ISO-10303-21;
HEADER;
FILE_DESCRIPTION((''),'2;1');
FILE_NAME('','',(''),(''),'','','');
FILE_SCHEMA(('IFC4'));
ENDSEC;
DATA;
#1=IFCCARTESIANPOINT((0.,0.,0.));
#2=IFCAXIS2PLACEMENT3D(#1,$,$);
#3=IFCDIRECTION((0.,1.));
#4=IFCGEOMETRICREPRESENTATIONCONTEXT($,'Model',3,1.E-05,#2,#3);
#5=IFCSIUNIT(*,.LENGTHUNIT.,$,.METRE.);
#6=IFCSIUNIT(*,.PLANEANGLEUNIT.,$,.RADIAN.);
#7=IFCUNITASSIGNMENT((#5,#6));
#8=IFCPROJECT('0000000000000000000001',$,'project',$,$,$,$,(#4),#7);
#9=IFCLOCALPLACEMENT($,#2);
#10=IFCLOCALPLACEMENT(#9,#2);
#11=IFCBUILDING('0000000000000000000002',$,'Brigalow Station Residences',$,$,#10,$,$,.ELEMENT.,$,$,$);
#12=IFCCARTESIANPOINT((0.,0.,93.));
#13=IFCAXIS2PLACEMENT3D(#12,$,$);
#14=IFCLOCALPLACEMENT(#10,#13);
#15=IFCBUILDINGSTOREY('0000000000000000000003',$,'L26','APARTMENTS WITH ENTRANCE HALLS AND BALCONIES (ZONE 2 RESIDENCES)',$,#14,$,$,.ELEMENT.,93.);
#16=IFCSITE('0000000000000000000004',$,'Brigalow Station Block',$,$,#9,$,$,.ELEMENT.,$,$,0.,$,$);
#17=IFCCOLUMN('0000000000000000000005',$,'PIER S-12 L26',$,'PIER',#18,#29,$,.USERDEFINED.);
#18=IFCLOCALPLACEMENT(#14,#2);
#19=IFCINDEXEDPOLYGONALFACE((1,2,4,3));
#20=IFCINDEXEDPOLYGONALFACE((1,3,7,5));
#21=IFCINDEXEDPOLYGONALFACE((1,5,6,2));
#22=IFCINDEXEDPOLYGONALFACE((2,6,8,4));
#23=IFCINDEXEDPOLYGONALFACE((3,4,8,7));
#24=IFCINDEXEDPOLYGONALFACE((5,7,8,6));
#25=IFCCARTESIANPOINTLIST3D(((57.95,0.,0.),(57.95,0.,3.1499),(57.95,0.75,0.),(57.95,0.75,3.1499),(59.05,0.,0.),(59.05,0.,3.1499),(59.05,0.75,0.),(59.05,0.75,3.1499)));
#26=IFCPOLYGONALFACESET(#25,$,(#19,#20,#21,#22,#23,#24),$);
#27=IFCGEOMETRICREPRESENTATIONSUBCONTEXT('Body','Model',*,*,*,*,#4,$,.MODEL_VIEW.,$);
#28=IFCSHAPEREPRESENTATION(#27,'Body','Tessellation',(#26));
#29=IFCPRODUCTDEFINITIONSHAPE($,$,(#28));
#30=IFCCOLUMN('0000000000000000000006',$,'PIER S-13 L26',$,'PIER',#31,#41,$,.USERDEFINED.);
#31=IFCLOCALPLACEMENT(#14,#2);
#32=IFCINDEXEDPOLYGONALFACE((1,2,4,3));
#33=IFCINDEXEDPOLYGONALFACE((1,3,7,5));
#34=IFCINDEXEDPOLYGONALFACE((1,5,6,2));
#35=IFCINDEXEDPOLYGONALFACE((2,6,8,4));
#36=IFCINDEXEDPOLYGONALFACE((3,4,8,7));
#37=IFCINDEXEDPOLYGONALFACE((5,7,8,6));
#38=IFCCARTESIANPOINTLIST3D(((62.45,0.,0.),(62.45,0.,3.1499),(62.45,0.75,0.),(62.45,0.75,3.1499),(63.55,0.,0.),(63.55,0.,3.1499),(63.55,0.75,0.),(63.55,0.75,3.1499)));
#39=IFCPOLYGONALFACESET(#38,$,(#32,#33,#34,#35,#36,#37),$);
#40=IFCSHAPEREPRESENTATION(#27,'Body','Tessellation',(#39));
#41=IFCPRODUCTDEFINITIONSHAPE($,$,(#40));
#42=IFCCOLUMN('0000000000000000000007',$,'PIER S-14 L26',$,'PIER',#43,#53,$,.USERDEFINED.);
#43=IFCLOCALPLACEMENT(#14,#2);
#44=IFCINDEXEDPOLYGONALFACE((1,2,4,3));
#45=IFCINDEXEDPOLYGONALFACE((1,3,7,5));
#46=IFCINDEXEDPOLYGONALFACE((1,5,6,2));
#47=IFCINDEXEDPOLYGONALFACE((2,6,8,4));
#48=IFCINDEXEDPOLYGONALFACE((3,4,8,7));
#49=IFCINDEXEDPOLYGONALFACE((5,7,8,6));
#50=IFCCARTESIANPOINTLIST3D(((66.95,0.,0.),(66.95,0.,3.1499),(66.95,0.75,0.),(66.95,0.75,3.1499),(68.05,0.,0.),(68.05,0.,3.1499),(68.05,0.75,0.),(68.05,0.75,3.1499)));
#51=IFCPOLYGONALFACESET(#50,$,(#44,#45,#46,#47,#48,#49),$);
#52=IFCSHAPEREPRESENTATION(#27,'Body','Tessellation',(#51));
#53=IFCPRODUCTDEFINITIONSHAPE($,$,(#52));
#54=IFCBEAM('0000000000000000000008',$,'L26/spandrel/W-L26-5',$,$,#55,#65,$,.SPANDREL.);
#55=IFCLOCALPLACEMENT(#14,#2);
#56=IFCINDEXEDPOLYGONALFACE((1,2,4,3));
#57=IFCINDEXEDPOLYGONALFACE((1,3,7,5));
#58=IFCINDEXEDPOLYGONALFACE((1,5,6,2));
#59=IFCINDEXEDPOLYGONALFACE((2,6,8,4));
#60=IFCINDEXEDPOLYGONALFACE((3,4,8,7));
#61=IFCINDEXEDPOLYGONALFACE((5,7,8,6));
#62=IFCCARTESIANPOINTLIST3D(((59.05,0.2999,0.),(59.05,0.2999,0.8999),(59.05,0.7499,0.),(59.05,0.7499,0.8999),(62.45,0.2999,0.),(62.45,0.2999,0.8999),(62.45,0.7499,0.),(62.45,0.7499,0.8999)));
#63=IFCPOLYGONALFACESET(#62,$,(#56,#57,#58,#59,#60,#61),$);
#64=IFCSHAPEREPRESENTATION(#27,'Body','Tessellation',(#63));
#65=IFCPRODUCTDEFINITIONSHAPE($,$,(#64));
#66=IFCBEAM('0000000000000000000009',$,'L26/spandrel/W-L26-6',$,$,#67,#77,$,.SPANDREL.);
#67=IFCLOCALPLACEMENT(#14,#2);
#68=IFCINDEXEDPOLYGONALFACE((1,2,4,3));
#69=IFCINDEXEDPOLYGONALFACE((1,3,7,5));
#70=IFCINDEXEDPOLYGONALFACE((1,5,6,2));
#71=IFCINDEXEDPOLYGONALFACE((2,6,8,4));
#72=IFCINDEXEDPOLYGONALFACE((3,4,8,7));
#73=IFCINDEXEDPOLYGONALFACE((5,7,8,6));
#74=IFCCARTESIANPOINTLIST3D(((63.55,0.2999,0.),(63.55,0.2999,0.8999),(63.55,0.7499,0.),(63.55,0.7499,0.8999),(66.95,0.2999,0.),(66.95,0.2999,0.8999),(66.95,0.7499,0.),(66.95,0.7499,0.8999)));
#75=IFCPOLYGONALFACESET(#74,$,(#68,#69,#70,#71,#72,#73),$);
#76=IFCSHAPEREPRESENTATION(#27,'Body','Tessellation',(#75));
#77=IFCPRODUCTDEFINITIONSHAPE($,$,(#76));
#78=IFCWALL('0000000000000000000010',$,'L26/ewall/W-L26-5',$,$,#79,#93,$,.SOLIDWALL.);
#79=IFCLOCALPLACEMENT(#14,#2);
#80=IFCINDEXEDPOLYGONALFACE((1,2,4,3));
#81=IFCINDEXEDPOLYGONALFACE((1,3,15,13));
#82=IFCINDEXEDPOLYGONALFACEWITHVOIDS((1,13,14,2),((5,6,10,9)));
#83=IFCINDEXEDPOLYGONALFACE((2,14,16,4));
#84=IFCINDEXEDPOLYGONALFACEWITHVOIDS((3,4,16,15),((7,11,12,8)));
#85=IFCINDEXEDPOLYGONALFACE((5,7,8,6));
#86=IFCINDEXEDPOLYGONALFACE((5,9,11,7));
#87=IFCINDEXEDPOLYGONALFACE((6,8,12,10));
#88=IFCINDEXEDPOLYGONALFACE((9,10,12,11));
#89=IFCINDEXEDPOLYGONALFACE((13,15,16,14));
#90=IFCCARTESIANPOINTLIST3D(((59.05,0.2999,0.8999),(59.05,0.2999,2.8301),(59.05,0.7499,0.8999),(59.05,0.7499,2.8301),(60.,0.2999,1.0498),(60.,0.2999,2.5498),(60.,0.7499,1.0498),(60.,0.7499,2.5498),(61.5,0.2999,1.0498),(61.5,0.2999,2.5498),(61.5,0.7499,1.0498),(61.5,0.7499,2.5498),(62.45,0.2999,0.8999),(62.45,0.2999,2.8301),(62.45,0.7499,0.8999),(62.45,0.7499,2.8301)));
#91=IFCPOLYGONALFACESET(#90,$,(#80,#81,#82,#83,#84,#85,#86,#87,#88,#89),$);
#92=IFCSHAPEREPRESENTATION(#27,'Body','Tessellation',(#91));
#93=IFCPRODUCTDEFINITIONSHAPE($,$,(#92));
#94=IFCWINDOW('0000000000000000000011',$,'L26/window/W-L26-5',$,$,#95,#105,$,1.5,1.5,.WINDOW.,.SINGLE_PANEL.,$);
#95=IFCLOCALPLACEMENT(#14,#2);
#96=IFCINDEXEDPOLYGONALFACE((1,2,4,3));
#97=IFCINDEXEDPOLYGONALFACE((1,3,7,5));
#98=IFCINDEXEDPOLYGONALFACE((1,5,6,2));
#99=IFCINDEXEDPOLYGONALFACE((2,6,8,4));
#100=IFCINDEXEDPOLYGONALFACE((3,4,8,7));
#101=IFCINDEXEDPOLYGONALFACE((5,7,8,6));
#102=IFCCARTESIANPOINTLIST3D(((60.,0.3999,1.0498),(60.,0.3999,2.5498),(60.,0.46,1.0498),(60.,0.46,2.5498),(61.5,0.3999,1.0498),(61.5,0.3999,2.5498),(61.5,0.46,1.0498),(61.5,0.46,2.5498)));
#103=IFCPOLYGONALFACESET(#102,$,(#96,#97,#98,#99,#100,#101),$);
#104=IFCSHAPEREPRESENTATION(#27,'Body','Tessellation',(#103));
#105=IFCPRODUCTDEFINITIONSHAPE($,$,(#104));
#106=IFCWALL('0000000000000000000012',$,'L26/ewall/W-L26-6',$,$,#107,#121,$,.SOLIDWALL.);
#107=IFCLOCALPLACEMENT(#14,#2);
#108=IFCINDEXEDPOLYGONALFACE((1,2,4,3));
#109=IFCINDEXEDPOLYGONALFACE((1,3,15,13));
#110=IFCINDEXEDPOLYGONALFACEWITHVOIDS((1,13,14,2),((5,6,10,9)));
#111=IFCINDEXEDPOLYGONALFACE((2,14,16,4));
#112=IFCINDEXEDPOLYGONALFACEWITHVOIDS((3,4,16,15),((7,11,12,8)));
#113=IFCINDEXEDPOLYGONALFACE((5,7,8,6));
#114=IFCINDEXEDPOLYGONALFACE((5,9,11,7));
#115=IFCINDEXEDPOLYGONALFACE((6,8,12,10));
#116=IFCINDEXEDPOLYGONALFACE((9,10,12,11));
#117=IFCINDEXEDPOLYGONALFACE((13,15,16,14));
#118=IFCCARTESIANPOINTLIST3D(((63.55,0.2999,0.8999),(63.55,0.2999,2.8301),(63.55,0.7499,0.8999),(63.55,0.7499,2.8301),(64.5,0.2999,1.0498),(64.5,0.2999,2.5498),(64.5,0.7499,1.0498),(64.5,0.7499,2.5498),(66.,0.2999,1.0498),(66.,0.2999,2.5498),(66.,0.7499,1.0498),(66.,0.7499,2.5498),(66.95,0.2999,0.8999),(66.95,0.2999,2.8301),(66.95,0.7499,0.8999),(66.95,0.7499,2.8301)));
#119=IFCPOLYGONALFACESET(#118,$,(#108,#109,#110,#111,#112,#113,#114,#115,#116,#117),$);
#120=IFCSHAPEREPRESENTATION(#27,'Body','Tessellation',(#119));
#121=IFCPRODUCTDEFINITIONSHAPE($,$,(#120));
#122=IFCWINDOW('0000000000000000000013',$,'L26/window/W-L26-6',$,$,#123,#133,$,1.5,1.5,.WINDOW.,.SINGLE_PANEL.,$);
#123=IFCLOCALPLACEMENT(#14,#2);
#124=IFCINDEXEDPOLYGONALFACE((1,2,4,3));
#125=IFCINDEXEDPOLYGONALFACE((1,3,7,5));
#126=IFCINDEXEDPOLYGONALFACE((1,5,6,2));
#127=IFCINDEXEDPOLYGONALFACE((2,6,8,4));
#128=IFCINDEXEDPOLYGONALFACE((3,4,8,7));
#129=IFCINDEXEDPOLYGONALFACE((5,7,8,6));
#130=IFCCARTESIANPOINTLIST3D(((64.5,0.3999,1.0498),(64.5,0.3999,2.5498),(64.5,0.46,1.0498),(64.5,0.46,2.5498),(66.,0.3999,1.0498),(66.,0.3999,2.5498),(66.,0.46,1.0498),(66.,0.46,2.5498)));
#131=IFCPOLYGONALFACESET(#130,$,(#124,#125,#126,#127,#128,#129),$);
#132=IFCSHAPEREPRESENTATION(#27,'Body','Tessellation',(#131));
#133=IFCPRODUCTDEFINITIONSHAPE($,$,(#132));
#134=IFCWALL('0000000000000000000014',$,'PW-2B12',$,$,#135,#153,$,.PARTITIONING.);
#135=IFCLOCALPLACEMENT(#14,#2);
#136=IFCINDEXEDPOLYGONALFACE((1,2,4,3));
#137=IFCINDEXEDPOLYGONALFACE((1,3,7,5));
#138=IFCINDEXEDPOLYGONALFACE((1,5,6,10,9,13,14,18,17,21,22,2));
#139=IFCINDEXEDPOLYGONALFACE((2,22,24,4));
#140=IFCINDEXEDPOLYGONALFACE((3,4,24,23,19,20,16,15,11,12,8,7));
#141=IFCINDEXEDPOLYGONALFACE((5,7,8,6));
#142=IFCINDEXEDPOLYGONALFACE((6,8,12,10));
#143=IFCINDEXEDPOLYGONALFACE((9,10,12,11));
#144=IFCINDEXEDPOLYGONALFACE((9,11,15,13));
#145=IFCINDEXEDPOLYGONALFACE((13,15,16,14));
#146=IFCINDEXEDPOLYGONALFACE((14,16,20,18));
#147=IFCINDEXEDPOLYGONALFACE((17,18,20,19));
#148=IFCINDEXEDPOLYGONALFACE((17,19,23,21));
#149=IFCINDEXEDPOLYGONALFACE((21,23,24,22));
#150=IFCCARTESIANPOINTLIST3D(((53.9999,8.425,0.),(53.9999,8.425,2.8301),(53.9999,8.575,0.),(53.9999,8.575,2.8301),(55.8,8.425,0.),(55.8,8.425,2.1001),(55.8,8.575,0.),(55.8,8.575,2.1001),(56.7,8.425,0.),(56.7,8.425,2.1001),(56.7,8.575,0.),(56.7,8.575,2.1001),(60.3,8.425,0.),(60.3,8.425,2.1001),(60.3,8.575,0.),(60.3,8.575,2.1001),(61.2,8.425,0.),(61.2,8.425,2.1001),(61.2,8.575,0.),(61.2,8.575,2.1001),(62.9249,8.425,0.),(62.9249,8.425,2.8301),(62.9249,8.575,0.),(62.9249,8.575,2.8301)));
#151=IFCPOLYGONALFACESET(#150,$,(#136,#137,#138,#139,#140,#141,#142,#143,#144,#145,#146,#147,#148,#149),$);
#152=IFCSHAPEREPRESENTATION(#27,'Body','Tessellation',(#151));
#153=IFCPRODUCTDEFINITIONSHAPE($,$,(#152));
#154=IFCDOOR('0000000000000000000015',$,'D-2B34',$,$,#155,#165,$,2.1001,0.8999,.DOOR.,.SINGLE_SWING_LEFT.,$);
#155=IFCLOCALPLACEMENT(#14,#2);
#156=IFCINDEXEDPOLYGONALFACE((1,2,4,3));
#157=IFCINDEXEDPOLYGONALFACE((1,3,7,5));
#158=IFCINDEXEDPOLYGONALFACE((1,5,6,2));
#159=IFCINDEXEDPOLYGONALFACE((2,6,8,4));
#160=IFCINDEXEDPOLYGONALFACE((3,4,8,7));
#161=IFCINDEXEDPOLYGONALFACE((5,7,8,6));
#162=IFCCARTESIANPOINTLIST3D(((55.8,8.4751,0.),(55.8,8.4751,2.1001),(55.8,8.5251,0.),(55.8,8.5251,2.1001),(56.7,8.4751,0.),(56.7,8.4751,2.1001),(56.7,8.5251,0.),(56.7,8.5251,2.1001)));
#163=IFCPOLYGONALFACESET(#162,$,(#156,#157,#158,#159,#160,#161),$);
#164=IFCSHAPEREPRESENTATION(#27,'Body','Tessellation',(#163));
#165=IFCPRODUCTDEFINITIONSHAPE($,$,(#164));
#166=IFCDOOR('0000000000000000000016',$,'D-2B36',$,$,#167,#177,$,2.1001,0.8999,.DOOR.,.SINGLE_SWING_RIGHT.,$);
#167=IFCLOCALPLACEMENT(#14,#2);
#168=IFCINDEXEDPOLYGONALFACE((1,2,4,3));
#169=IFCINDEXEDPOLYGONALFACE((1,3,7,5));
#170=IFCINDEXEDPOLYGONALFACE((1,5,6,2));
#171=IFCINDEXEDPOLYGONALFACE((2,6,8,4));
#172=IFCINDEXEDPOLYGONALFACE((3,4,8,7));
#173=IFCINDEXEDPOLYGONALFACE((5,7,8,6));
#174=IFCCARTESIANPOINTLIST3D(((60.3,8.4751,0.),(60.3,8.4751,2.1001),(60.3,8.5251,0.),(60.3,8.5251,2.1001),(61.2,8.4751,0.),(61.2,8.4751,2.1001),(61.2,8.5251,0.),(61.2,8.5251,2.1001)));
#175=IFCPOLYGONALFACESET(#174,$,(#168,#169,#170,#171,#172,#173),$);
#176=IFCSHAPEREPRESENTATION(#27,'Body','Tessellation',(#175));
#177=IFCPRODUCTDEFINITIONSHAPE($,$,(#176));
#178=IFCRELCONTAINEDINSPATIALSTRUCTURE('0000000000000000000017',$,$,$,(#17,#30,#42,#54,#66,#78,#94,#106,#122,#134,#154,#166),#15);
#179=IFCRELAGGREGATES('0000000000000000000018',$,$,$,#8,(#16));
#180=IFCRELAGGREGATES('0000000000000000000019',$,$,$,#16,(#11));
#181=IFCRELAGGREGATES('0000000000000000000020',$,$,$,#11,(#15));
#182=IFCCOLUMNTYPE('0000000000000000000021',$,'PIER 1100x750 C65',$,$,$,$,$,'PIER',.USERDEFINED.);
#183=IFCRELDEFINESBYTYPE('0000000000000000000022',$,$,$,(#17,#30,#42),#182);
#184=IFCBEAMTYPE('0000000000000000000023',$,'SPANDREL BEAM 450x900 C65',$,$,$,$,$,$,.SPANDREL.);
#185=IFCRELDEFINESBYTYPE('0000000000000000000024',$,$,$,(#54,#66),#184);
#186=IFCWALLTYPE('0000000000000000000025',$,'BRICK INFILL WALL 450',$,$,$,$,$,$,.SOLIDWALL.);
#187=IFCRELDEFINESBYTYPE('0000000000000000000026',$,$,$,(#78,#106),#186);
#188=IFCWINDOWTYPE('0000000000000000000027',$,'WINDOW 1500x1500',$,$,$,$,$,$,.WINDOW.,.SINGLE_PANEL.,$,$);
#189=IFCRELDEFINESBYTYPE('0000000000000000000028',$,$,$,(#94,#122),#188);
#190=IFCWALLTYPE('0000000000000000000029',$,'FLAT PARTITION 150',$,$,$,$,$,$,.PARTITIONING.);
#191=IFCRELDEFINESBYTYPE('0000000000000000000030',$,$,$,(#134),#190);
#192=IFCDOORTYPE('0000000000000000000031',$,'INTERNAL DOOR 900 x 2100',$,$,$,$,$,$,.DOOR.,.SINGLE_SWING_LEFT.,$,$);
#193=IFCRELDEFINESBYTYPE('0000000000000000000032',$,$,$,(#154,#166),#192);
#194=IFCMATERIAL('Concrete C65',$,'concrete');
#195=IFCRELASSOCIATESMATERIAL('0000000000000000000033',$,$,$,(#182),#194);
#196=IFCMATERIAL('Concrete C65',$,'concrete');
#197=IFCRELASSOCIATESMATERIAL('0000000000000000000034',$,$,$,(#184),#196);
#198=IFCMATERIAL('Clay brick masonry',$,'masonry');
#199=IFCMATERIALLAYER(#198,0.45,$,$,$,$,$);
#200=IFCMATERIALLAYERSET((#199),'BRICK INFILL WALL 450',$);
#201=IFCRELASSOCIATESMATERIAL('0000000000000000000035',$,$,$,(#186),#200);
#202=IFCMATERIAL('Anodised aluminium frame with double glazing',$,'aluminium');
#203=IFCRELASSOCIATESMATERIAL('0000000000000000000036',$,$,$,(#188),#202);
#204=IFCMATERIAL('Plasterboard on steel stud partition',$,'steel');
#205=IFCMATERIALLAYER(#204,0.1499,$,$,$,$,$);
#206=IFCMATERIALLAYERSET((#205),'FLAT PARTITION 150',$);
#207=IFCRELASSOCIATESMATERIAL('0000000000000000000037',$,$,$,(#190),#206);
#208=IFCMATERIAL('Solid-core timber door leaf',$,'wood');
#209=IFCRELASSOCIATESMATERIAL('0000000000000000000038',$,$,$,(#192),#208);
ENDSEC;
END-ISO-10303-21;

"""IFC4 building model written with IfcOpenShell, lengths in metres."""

from ifc_helpers import new_model, si_unit, direction, frame, frame_2d, origin, origin_2d, place, context, subcontext, project, spatial, rectangle, extrude, material, layer, layer_set, material_profile, profile_set, type_object, element, fill, save


model = new_model("IFC4")

# Units and contexts
model_context = context("Model", 3, precision=1e-05, world=origin(), true_north=direction((0.0, 1.0)))
body_context = subcontext(model_context, "Body", "Model", "MODEL_VIEW")
ifc_project = project(units=[si_unit("LENGTHUNIT", "METRE"), si_unit("PLANEANGLEUNIT", "RADIAN")], contexts=[model_context])

# Site, building, storey
site_placement = place(None, origin())
site = spatial("IfcSite", under=ifc_project, at=site_placement, Name="Brigalow Station Block", CompositionType="ELEMENT", RefElevation=0.0)
building_placement = place(site_placement, origin())
building = spatial("IfcBuilding", under=site, at=building_placement, Name="Brigalow Station Residences", CompositionType="ELEMENT")
storey_placement = place(building_placement, frame((0.0, 0.0, 93.0)))
storey = spatial("IfcBuildingStorey", under=building, at=storey_placement, Name="L26", Description="APARTMENTS WITH ENTRANCE HALLS AND BALCONIES (ZONE 2 RESIDENCES)", CompositionType="ELEMENT", Elevation=93.0)

# Columns
ifc_material_1 = material(Name="Concrete C65", Category="concrete")
ifc_material_profile_1 = material_profile(ifc_material_1, rectangle(XDim=1.1001, YDim=0.75, at=origin_2d()), Name="RC1100x750")
ifc_profile_set_1 = profile_set([ifc_material_profile_1], Name="Concrete C65")
column_type = type_object("IfcColumnType", Name="PIER 1100x750 C65", ElementType="PIER", PredefinedType="USERDEFINED", material=ifc_profile_set_1)
for number, where, z_axis, x_axis, name in (
    (1, (58.5, 0.375, 0.0), (0.0, 0.0, 1.0), (1.0, 0.0, 0.0), "PIER S-12 L26"),
    (2, (63.0, 0.375, 0.0), (0.0, 0.0, 1.0), (1.0, 0.0, 0.0), "PIER S-13 L26"),
    (3, (67.5, 0.375, 0.0), (0.0, 0.0, 1.0), (1.0, 0.0, 0.0), "PIER S-14 L26"),
):
    element("IfcColumn", number, at=place(storey_placement, frame(where, z_axis=z_axis, x_axis=x_axis)), inside=storey, type_object=column_type, Name=name, ObjectType="PIER", PredefinedType="USERDEFINED", context=body_context, shape_type="SweptSolid", body=[
        extrude(rectangle(XDim=1.1001, YDim=0.75, at=origin_2d()), origin(), (0.0, 0.0, 1.0), 3.1499),
    ])

# Beams
ifc_material_2 = material(Name="Concrete C65", Category="concrete")
ifc_material_profile_2 = material_profile(ifc_material_2, rectangle(XDim=0.45, YDim=0.8999, at=origin_2d()), Name="RC450x900")
ifc_profile_set_2 = profile_set([ifc_material_profile_2], Name="Concrete C65")
beam_type = type_object("IfcBeamType", Name="SPANDREL BEAM 450x900 C65", PredefinedType="SPANDREL", material=ifc_profile_set_2)
for number, where, z_axis, x_axis, name in (
    (4, (59.05, 0.5249, 0.45), (1.0, 0.0, 0.0), (0.0, 1.0, 0.0), "L26/spandrel/W-L26-5"),
    (5, (63.55, 0.5249, 0.45), (1.0, 0.0, 0.0), (0.0, 1.0, 0.0), "L26/spandrel/W-L26-6"),
):
    element("IfcBeam", number, at=place(storey_placement, frame(where, z_axis=z_axis, x_axis=x_axis)), inside=storey, type_object=beam_type, Name=name, PredefinedType="SPANDREL", context=body_context, shape_type="SweptSolid", body=[
        extrude(rectangle(XDim=0.45, YDim=0.8999, at=origin_2d()), origin(), (0.0, 0.0, 1.0), 3.3999),
    ])

# Walls, openings, windows
ifc_material_3 = material(Name="Clay brick masonry", Category="masonry")
ifc_layer_1 = layer(ifc_material_3, 0.45)
ifc_layer_set_1 = layer_set([ifc_layer_1], Name="BRICK INFILL WALL 450")
wall_type_1 = type_object("IfcWallType", Name="BRICK INFILL WALL 450", PredefinedType="SOLIDWALL", material=ifc_layer_set_1)
wall_1_placement = place(storey_placement, frame((59.05, 0.5249, 0.8999), z_axis=(0.0, 0.0, 1.0), x_axis=(1.0, 0.0, 0.0)))
wall_1 = element("IfcWall", 6, at=wall_1_placement, inside=storey, type_object=wall_type_1, Name="L26/ewall/W-L26-5", PredefinedType="SOLIDWALL", context=body_context, shape_type="SweptSolid", body=[
    extrude(rectangle(XDim=3.3999, YDim=0.45, at=frame_2d((1.7, 0.0))), origin(), (0.0, 0.0, 1.0), 1.9302),
])
opening_1_placement = place(wall_1_placement, frame((0.95, 0.0, 0.1499)))
opening_1 = element("IfcOpeningElement", 7, at=opening_1_placement, cuts=wall_1, PredefinedType="OPENING", context=body_context, shape_type="SweptSolid", body=[
    extrude(rectangle(XDim=1.5, YDim=1.5, at=frame_2d((0.75, 0.75))), frame((0.0, 0.2349, 0.0), z_axis=(0.0, -1.0, 0.0), x_axis=(1.0, 0.0, 0.0)), (0.0, 0.0, 1.0), 0.47),
])
ifc_material_4 = material(Name="Anodised aluminium frame with double glazing", Category="aluminium")
window_type = type_object("IfcWindowType", Name="WINDOW 1500x1500", PartitioningType="SINGLE_PANEL", PredefinedType="WINDOW", material=ifc_material_4)
window_1_placement = place(opening_1_placement, origin())
window_1 = element("IfcWindow", 8, at=window_1_placement, inside=storey, type_object=window_type, Name="L26/window/W-L26-5", OverallHeight=1.5, OverallWidth=1.5, PartitioningType="SINGLE_PANEL", PredefinedType="WINDOW", context=body_context, shape_type="SweptSolid", body=[
    extrude(rectangle(XDim=1.5, YDim=1.5, at=frame_2d((0.75, 0.75))), frame((0.0, -0.0649, 0.0), z_axis=(0.0, -1.0, 0.0), x_axis=(1.0, 0.0, 0.0)), (0.0, 0.0, 1.0), 0.0601),
])
fill(opening_1, window_1)
wall_2_placement = place(storey_placement, frame((63.55, 0.5249, 0.8999), z_axis=(0.0, 0.0, 1.0), x_axis=(1.0, 0.0, 0.0)))
wall_2 = element("IfcWall", 9, at=wall_2_placement, inside=storey, type_object=wall_type_1, Name="L26/ewall/W-L26-6", PredefinedType="SOLIDWALL", context=body_context, shape_type="SweptSolid", body=[
    extrude(rectangle(XDim=3.3999, YDim=0.45, at=frame_2d((1.7, 0.0))), origin(), (0.0, 0.0, 1.0), 1.9302),
])
opening_2_placement = place(wall_2_placement, frame((0.95, 0.0, 0.1499)))
opening_2 = element("IfcOpeningElement", 10, at=opening_2_placement, cuts=wall_2, PredefinedType="OPENING", context=body_context, shape_type="SweptSolid", body=[
    extrude(rectangle(XDim=1.5, YDim=1.5, at=frame_2d((0.75, 0.75))), frame((0.0, 0.2349, 0.0), z_axis=(0.0, -1.0, 0.0), x_axis=(1.0, 0.0, 0.0)), (0.0, 0.0, 1.0), 0.47),
])
window_2_placement = place(opening_2_placement, origin())
window_2 = element("IfcWindow", 11, at=window_2_placement, inside=storey, type_object=window_type, Name="L26/window/W-L26-6", OverallHeight=1.5, OverallWidth=1.5, PartitioningType="SINGLE_PANEL", PredefinedType="WINDOW", context=body_context, shape_type="SweptSolid", body=[
    extrude(rectangle(XDim=1.5, YDim=1.5, at=frame_2d((0.75, 0.75))), frame((0.0, -0.0649, 0.0), z_axis=(0.0, -1.0, 0.0), x_axis=(1.0, 0.0, 0.0)), (0.0, 0.0, 1.0), 0.0601),
])
fill(opening_2, window_2)

# Wall, openings, doors
ifc_material_5 = material(Name="Plasterboard on steel stud partition", Category="steel")
ifc_layer_2 = layer(ifc_material_5, 0.1499)
ifc_layer_set_2 = layer_set([ifc_layer_2], Name="FLAT PARTITION 150")
wall_type_2 = type_object("IfcWallType", Name="FLAT PARTITION 150", PredefinedType="PARTITIONING", material=ifc_layer_set_2)
wall_3_placement = place(storey_placement, frame((54.0, 8.5, 0.0), z_axis=(0.0, 0.0, 1.0), x_axis=(1.0, 0.0, 0.0)))
wall_3 = element("IfcWall", 12, at=wall_3_placement, inside=storey, type_object=wall_type_2, Name="PW-2B12", PredefinedType="PARTITIONING", context=body_context, shape_type="SweptSolid", body=[
    extrude(rectangle(XDim=8.925, YDim=0.1499, at=frame_2d((4.4624, 0.0))), origin(), (0.0, 0.0, 1.0), 2.8301),
])
opening_3_placement = place(wall_3_placement, frame((1.8, 0.0, 0.0)))
opening_3 = element("IfcOpeningElement", 13, at=opening_3_placement, cuts=wall_3, PredefinedType="OPENING", context=body_context, shape_type="SweptSolid", body=[
    extrude(rectangle(XDim=0.8999, YDim=2.1001, at=frame_2d((0.45, 1.05))), frame((0.0, 0.085, 0.0), z_axis=(0.0, -1.0, 0.0), x_axis=(1.0, 0.0, 0.0)), (0.0, 0.0, 1.0), 0.1699),
])
opening_4_placement = place(wall_3_placement, frame((6.3, 0.0, 0.0)))
opening_4 = element("IfcOpeningElement", 14, at=opening_4_placement, cuts=wall_3, PredefinedType="OPENING", context=body_context, shape_type="SweptSolid", body=[
    extrude(rectangle(XDim=0.8999, YDim=2.1001, at=frame_2d((0.45, 1.05))), frame((0.0, 0.085, 0.0), z_axis=(0.0, -1.0, 0.0), x_axis=(1.0, 0.0, 0.0)), (0.0, 0.0, 1.0), 0.1699),
])
ifc_material_6 = material(Name="Solid-core timber door leaf", Category="wood")
door_type = type_object("IfcDoorType", Name="INTERNAL DOOR 900 x 2100", OperationType="SINGLE_SWING_LEFT", PredefinedType="DOOR", material=ifc_material_6)
door_1_placement = place(opening_3_placement, frame((0.8999, 0.0, 0.0), z_axis=(0.0, 0.0, 1.0), x_axis=(-1.0, 0.0, 0.0)))
door_1 = element("IfcDoor", 15, at=door_1_placement, inside=storey, type_object=door_type, Name="D-2B34", OperationType="SINGLE_SWING_LEFT", OverallHeight=2.1001, OverallWidth=0.8999, PredefinedType="DOOR", context=body_context, shape_type="SweptSolid", body=[
    extrude(rectangle(XDim=0.8999, YDim=2.1001, at=frame_2d((0.45, 1.05))), frame((0.0, 0.0249, 0.0), z_axis=(0.0, -1.0, 0.0), x_axis=(1.0, 0.0, 0.0)), (0.0, 0.0, 1.0), 0.05),
])
fill(opening_3, door_1)
door_2_placement = place(opening_4_placement, frame((0.8999, 0.0, 0.0), z_axis=(0.0, 0.0, 1.0), x_axis=(-1.0, 0.0, 0.0)))
door_2 = element("IfcDoor", 16, at=door_2_placement, inside=storey, type_object=door_type, Name="D-2B36", OperationType="SINGLE_SWING_RIGHT", OverallHeight=2.1001, OverallWidth=0.8999, PredefinedType="DOOR", context=body_context, shape_type="SweptSolid", body=[
    extrude(rectangle(XDim=0.8999, YDim=2.1001, at=frame_2d((0.45, 1.05))), frame((0.0, 0.0249, 0.0), z_axis=(0.0, -1.0, 0.0), x_axis=(1.0, 0.0, 0.0)), (0.0, 0.0, 1.0), 0.05),
])
fill(opening_4, door_2)

save(model, "model.ifc")
